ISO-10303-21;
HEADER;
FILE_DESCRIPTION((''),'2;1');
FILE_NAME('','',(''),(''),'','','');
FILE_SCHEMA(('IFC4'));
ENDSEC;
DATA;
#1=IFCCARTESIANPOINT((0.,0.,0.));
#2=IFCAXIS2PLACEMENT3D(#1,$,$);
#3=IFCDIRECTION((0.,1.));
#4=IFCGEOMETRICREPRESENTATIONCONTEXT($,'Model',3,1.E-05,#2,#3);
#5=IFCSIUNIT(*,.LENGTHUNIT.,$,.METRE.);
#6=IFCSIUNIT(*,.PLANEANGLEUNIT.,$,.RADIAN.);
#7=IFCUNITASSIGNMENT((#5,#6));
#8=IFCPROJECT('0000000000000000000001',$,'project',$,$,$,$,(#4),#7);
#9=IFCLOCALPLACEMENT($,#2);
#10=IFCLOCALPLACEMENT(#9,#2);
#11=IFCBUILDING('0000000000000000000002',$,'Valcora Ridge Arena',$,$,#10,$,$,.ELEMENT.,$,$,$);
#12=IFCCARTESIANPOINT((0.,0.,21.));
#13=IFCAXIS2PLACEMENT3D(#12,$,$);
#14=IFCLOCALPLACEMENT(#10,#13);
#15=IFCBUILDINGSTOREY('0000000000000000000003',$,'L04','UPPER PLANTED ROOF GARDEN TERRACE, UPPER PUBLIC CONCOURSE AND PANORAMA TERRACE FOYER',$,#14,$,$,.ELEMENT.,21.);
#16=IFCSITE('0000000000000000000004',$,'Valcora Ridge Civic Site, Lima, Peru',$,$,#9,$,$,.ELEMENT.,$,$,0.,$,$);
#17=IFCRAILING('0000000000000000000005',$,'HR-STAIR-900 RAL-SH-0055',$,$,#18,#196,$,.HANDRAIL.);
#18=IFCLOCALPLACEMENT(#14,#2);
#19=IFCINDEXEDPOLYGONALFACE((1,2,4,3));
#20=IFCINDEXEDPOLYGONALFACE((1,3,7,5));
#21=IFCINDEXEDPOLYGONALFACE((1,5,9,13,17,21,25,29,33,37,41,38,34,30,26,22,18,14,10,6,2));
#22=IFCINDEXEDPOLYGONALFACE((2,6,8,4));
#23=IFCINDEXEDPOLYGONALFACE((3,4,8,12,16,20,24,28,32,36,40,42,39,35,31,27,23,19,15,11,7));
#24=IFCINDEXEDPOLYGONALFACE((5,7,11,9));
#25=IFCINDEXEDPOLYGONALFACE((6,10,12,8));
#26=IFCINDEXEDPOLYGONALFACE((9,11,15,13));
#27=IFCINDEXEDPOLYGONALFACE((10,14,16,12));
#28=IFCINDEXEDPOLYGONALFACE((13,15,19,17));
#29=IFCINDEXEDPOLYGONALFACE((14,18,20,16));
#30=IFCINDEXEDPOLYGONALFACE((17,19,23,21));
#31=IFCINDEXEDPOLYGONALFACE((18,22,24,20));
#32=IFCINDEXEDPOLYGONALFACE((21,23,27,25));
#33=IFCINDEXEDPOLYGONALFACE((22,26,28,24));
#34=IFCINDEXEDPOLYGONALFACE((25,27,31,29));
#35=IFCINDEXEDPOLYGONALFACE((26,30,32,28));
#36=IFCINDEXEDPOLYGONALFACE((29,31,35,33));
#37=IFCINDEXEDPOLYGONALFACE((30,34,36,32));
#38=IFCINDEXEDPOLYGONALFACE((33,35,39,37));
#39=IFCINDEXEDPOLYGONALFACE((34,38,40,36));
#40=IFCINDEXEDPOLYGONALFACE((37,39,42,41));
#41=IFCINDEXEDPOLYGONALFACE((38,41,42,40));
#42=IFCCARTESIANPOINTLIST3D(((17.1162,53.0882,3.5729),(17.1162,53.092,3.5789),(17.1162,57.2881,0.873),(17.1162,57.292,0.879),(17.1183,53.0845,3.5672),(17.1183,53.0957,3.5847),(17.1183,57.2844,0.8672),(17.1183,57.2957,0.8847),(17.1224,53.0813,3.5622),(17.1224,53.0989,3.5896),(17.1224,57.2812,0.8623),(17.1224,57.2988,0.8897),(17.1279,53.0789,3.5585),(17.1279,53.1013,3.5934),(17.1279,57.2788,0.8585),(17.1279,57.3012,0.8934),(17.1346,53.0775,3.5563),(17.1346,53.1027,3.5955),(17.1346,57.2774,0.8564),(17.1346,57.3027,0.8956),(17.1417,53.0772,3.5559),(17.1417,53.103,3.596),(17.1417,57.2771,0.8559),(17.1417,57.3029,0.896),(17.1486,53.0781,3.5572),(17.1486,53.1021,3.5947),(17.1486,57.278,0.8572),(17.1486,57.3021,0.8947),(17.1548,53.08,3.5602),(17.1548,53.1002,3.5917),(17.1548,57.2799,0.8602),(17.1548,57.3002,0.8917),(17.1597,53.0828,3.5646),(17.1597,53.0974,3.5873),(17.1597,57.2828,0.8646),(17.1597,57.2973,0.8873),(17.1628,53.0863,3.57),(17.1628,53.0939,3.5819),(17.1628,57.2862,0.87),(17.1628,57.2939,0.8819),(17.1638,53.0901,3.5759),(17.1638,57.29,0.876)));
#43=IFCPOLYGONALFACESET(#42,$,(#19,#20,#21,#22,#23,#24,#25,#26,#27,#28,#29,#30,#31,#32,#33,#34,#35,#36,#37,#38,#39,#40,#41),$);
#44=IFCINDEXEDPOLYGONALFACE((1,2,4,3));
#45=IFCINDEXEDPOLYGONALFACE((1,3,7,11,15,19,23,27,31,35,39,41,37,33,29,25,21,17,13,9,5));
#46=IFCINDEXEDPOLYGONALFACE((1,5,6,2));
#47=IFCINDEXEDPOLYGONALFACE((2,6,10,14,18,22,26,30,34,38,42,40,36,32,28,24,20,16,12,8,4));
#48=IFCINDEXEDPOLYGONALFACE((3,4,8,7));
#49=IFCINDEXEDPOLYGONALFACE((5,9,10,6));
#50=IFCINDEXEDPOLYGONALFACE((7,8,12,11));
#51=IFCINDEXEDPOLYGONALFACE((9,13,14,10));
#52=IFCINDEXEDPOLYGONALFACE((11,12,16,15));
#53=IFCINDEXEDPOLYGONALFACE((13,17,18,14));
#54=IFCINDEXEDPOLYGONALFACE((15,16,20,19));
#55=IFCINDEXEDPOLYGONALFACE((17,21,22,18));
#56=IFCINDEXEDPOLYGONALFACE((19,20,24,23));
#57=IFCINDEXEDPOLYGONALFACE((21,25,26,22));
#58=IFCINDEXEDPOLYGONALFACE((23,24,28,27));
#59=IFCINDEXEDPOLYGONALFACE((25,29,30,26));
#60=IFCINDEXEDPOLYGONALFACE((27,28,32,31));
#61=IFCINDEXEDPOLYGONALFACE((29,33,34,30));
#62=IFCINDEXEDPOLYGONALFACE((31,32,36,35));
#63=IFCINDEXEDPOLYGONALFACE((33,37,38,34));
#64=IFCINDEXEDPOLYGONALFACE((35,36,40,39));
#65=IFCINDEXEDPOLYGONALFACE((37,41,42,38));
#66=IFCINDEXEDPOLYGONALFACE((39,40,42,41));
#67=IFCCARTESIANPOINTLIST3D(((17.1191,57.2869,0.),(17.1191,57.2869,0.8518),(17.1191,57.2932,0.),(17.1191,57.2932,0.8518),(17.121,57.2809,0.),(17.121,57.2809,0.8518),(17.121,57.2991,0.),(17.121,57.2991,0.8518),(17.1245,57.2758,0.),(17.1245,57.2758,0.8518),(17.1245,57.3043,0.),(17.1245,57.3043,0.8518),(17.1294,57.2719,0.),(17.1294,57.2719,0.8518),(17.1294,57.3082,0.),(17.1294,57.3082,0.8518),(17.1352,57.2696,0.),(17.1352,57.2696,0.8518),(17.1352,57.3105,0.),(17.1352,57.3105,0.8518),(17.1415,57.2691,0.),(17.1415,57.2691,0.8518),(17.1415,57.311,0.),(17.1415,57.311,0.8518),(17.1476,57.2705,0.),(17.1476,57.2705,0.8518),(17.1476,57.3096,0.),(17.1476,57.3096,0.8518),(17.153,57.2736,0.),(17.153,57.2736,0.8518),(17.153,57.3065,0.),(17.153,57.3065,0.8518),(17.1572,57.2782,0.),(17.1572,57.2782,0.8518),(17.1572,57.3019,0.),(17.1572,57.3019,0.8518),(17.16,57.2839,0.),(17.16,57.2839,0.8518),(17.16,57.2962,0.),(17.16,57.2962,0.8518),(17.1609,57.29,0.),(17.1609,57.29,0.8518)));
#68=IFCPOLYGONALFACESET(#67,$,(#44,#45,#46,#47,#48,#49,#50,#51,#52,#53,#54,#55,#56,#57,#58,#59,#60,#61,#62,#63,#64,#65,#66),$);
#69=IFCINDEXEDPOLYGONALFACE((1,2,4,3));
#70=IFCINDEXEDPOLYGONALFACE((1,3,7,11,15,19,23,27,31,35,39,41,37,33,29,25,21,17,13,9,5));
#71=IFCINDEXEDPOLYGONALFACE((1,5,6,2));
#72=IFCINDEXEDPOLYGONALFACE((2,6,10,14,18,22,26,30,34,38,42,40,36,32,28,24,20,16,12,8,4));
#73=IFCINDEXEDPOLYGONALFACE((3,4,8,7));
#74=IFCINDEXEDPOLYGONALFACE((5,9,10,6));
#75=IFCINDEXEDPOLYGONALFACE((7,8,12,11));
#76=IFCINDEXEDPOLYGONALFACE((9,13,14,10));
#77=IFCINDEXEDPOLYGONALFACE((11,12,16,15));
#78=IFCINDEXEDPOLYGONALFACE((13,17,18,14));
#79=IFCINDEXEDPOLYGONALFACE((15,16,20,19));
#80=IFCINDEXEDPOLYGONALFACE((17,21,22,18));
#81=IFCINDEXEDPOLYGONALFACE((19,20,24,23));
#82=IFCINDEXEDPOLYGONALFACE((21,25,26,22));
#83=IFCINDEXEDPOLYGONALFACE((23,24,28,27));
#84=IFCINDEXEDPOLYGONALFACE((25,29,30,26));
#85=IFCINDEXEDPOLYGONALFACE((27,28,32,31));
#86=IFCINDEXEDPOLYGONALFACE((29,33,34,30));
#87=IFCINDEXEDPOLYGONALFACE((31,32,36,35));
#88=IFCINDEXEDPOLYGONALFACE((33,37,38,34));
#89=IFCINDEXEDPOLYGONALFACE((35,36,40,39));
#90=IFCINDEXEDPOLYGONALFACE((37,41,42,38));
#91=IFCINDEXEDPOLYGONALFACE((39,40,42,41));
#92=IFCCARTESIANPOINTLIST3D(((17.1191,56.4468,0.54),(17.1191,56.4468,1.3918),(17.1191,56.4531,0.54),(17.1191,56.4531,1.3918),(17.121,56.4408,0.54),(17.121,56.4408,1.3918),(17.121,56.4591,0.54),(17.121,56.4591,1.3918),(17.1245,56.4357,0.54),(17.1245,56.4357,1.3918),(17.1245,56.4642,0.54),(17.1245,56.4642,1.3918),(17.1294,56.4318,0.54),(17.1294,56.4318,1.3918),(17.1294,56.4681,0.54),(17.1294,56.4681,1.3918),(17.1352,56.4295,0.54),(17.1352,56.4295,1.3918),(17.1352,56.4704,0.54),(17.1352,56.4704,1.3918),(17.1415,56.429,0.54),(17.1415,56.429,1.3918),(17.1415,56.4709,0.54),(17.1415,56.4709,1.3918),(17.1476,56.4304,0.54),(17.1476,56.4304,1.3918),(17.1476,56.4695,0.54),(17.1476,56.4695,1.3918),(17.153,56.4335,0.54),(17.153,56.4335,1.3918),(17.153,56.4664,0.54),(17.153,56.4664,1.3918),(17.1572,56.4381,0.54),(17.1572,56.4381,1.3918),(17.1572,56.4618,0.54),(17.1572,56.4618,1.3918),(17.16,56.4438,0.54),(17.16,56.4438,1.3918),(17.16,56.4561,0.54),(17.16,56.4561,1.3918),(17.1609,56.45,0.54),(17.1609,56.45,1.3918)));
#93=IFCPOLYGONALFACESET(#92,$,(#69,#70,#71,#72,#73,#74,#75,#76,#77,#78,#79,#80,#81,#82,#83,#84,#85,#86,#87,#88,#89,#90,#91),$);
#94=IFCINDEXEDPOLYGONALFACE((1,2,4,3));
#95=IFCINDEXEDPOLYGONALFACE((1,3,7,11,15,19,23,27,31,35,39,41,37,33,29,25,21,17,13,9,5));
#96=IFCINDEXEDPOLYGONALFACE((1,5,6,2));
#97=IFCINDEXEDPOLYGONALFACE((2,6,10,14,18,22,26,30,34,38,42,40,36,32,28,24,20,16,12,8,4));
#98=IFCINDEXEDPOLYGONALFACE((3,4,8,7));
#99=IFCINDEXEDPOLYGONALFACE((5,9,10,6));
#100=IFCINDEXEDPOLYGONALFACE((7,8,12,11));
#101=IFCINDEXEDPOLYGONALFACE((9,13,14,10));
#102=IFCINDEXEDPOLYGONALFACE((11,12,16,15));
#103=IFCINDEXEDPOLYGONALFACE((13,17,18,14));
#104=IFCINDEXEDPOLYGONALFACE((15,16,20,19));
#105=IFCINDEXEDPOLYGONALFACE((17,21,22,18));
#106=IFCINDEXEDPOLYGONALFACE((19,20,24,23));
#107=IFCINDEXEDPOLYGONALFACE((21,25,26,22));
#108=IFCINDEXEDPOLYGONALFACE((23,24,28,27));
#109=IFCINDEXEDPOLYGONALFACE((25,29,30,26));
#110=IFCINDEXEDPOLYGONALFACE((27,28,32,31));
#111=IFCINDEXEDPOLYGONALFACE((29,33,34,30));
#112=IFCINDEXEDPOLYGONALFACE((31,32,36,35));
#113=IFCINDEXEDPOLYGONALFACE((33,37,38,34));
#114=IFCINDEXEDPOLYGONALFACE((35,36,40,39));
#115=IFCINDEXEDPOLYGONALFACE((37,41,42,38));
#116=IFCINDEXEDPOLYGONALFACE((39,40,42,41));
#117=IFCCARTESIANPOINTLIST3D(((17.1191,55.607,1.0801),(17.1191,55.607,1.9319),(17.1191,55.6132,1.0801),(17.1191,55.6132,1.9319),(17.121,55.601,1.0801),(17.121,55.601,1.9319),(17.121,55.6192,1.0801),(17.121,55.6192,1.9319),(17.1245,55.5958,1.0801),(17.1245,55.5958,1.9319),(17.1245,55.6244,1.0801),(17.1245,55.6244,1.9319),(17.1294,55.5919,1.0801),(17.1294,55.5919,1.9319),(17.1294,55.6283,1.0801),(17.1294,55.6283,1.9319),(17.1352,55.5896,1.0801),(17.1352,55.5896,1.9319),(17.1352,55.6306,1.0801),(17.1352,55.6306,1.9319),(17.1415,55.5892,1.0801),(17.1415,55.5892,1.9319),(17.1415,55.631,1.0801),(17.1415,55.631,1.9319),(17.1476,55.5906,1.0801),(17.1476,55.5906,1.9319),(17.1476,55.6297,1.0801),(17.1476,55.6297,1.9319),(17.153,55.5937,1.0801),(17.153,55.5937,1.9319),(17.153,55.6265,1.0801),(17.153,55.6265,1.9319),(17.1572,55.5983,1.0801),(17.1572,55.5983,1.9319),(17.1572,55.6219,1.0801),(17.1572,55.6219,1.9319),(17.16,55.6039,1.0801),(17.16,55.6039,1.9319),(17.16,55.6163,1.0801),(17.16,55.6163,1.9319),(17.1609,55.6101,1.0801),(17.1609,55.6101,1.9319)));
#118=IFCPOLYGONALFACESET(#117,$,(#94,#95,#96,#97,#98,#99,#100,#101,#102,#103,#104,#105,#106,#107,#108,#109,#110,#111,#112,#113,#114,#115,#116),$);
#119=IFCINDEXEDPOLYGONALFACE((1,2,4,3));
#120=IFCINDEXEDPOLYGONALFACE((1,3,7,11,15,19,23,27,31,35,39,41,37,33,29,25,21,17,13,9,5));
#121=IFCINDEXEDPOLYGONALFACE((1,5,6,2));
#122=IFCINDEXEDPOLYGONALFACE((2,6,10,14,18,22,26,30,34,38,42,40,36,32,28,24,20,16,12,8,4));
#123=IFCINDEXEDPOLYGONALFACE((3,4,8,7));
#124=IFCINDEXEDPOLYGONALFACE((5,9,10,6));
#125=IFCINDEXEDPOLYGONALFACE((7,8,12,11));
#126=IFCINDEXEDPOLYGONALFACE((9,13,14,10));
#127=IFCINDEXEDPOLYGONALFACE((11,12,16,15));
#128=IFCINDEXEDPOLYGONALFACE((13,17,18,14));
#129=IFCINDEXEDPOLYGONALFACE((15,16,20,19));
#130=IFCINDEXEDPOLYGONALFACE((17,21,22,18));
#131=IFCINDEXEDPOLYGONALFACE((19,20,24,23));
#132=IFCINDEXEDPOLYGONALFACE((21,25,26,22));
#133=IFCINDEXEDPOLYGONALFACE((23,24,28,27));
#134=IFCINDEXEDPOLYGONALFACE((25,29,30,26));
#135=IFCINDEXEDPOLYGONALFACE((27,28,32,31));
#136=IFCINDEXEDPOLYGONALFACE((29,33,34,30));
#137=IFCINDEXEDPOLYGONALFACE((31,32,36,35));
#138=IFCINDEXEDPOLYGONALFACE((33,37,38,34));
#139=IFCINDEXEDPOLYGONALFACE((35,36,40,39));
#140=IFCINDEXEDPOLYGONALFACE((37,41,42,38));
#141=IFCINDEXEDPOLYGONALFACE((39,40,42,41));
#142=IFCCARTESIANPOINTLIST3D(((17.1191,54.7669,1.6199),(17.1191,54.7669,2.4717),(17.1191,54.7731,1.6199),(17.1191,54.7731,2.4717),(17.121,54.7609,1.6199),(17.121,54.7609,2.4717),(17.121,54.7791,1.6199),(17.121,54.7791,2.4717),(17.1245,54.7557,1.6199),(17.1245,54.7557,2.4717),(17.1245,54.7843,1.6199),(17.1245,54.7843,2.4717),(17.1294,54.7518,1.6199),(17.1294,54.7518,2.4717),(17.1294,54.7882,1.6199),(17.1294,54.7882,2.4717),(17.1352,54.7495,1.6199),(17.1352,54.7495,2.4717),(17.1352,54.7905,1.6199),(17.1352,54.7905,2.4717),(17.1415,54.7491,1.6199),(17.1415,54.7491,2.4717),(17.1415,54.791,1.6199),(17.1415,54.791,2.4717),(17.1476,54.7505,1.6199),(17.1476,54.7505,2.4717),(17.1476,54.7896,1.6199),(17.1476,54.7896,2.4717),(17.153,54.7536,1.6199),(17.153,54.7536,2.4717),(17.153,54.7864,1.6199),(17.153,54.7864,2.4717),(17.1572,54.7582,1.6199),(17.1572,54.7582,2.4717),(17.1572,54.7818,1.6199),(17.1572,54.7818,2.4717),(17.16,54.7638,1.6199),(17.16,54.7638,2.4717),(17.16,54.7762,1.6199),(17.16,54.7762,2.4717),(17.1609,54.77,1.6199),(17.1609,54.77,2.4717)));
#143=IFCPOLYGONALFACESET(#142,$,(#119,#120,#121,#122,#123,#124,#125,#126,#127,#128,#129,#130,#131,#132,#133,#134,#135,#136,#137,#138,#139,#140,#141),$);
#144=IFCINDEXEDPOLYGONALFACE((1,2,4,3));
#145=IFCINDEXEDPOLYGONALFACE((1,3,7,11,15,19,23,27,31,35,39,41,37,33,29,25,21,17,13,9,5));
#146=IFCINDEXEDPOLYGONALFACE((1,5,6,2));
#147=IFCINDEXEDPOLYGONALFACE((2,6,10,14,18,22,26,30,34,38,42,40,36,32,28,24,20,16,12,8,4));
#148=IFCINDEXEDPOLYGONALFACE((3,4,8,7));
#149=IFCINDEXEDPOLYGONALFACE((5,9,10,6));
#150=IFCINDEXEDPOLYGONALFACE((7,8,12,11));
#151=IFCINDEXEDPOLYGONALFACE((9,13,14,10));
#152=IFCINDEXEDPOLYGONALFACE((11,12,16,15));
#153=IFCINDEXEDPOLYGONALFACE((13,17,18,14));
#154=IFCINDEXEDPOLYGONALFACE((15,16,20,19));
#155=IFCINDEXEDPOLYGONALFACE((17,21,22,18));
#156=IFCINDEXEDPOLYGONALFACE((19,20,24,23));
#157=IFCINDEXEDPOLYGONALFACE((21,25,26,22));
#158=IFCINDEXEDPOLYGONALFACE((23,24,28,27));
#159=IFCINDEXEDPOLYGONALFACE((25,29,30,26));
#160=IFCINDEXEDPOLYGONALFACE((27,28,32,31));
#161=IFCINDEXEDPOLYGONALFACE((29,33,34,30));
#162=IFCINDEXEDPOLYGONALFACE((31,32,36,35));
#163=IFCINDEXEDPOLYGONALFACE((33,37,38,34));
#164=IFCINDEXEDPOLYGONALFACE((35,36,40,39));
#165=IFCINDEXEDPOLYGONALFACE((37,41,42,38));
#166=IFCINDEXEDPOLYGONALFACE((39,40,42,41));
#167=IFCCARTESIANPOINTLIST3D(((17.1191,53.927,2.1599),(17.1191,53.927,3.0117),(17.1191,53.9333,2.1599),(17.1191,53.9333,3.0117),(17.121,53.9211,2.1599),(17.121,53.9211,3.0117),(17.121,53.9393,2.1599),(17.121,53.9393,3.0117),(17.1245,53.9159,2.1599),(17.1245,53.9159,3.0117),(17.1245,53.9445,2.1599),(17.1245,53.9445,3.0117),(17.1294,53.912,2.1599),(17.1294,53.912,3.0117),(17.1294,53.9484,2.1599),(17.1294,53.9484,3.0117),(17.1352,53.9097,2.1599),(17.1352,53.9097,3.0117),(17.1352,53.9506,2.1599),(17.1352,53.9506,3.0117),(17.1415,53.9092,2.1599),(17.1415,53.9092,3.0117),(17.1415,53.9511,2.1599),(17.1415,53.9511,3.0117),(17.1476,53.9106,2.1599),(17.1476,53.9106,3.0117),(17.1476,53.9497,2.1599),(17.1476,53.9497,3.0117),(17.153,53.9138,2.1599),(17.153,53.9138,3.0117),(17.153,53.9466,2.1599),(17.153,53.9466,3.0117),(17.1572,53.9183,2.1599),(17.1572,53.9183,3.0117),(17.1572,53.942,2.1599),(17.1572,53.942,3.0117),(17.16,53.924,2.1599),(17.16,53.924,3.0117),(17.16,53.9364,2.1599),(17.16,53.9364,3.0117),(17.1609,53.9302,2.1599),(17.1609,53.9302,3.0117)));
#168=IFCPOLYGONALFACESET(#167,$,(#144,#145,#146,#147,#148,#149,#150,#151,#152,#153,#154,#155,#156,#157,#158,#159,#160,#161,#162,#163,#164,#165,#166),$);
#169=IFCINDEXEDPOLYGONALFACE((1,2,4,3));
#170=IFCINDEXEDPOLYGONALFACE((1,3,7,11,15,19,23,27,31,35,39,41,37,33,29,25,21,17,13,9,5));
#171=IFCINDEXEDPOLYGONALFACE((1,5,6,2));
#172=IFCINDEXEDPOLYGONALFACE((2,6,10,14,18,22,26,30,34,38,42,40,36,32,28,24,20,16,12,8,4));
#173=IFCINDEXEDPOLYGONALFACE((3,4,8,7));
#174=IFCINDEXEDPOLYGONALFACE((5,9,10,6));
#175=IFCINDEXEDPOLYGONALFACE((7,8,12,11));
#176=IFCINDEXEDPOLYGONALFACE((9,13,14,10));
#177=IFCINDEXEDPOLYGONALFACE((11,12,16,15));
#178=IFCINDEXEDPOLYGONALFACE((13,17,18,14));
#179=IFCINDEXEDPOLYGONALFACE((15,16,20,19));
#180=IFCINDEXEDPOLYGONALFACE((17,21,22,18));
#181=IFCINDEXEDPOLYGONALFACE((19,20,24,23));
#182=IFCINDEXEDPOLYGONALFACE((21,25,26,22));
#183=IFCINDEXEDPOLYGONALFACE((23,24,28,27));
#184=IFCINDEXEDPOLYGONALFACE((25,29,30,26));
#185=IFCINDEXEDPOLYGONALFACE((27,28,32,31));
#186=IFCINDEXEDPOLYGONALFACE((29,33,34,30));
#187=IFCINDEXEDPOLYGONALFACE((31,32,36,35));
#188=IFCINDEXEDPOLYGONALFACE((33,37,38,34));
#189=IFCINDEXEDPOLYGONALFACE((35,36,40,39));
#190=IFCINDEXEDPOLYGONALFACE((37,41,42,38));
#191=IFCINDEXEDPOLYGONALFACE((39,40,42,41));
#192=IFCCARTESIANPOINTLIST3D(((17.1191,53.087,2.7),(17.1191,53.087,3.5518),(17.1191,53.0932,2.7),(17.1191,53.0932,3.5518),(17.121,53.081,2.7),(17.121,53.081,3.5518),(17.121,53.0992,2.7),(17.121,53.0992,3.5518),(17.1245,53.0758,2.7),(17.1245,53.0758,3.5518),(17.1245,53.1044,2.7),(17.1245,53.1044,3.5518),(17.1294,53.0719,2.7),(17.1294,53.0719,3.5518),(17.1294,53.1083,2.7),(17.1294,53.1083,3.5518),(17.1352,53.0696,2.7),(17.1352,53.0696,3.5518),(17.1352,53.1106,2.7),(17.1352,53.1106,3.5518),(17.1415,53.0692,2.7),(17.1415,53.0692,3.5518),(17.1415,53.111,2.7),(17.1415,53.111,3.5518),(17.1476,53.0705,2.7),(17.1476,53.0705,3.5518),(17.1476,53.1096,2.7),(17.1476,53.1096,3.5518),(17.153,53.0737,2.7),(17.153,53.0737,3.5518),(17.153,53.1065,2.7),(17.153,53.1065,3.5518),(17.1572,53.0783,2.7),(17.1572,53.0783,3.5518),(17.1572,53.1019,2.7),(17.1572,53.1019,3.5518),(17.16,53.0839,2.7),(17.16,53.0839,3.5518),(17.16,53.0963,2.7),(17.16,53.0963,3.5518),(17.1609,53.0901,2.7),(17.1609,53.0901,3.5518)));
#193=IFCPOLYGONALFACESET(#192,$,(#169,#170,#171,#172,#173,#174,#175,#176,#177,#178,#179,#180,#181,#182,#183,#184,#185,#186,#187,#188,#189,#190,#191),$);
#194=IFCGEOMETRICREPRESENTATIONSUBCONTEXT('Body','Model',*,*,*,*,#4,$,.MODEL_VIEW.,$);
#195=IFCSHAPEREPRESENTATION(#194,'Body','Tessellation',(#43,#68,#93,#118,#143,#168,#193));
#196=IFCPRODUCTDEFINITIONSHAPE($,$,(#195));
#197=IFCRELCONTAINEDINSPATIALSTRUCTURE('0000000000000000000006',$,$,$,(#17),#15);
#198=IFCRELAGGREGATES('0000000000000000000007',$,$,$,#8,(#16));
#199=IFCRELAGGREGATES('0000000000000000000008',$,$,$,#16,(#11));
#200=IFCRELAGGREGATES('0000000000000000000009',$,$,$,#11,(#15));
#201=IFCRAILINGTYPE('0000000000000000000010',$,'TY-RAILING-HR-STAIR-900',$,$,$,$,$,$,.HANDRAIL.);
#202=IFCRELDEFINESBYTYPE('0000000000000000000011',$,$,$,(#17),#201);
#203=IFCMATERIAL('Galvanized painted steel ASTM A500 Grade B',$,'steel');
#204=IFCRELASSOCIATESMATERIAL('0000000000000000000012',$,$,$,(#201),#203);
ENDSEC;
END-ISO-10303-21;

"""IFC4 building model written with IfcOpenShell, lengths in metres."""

from ifc_helpers import new_model, si_unit, direction, frame, origin, origin_2d, place, context, subcontext, project, spatial, circle, extrude, material, type_object, element, save


model = new_model("IFC4")

# Units and contexts
model_context = context("Model", 3, precision=1e-05, world=origin(), true_north=direction((0.0, 1.0)))
body_context = subcontext(model_context, "Body", "Model", "MODEL_VIEW")
ifc_project = project(units=[si_unit("LENGTHUNIT", "METRE"), si_unit("PLANEANGLEUNIT", "RADIAN")], contexts=[model_context])

# Site, building, storey
site_placement = place(None, origin())
site = spatial("IfcSite", under=ifc_project, at=site_placement, Name="Valcora Ridge Civic Site, Lima, Peru", CompositionType="ELEMENT", RefElevation=0.0)
building_placement = place(site_placement, origin())
building = spatial("IfcBuilding", under=site, at=building_placement, Name="Valcora Ridge Arena", CompositionType="ELEMENT")
storey_placement = place(building_placement, frame((0.0, 0.0, 21.0)))
storey = spatial("IfcBuildingStorey", under=building, at=storey_placement, Name="L04", Description="UPPER PLANTED ROOF GARDEN TERRACE, UPPER PUBLIC CONCOURSE AND PANORAMA TERRACE FOYER", CompositionType="ELEMENT", Elevation=21.0)

# Railing
ifc_material_1 = material(Name="Galvanized painted steel ASTM A500 Grade B", Category="steel")
railing_type_1 = type_object("IfcRailingType", Name="TY-RAILING-HR-STAIR-900", PredefinedType="HANDRAIL", material=ifc_material_1)
railing_1_placement = place(storey_placement, frame((17.1399, 57.29, 0.0)))
element("IfcRailing", 1, at=railing_1_placement, inside=storey, type_object=railing_type_1, Name="HR-STAIR-900 RAL-SH-0055", PredefinedType="HANDRAIL", context=body_context, shape_type="SweptSolid", body=[
    extrude(circle(Radius=0.0239, at=origin_2d()), frame((0.0, 0.0, 0.876), z_axis=(0.0, -0.84118, 0.540755), x_axis=(1.0, 0.0, 0.0)), (0.0, 0.0, 1.0), 4.9929),
    extrude(circle(Radius=0.021, at=origin_2d()), origin(), (0.0, 0.0, 1.0), 0.8518),
    extrude(circle(Radius=0.021, at=origin_2d()), frame((0.0, -0.8401, 0.54)), (0.0, 0.0, 1.0), 0.8518),
    extrude(circle(Radius=0.021, at=origin_2d()), frame((0.0, -1.6799, 1.0801)), (0.0, 0.0, 1.0), 0.8518),
    extrude(circle(Radius=0.021, at=origin_2d()), frame((0.0, -2.52, 1.6199)), (0.0, 0.0, 1.0), 0.8518),
    extrude(circle(Radius=0.021, at=origin_2d()), frame((0.0, -3.3599, 2.1599)), (0.0, 0.0, 1.0), 0.8518),
    extrude(circle(Radius=0.021, at=origin_2d()), frame((0.0, -4.2, 2.7)), (0.0, 0.0, 1.0), 0.8518),
])

save(model, "model.ifc")
